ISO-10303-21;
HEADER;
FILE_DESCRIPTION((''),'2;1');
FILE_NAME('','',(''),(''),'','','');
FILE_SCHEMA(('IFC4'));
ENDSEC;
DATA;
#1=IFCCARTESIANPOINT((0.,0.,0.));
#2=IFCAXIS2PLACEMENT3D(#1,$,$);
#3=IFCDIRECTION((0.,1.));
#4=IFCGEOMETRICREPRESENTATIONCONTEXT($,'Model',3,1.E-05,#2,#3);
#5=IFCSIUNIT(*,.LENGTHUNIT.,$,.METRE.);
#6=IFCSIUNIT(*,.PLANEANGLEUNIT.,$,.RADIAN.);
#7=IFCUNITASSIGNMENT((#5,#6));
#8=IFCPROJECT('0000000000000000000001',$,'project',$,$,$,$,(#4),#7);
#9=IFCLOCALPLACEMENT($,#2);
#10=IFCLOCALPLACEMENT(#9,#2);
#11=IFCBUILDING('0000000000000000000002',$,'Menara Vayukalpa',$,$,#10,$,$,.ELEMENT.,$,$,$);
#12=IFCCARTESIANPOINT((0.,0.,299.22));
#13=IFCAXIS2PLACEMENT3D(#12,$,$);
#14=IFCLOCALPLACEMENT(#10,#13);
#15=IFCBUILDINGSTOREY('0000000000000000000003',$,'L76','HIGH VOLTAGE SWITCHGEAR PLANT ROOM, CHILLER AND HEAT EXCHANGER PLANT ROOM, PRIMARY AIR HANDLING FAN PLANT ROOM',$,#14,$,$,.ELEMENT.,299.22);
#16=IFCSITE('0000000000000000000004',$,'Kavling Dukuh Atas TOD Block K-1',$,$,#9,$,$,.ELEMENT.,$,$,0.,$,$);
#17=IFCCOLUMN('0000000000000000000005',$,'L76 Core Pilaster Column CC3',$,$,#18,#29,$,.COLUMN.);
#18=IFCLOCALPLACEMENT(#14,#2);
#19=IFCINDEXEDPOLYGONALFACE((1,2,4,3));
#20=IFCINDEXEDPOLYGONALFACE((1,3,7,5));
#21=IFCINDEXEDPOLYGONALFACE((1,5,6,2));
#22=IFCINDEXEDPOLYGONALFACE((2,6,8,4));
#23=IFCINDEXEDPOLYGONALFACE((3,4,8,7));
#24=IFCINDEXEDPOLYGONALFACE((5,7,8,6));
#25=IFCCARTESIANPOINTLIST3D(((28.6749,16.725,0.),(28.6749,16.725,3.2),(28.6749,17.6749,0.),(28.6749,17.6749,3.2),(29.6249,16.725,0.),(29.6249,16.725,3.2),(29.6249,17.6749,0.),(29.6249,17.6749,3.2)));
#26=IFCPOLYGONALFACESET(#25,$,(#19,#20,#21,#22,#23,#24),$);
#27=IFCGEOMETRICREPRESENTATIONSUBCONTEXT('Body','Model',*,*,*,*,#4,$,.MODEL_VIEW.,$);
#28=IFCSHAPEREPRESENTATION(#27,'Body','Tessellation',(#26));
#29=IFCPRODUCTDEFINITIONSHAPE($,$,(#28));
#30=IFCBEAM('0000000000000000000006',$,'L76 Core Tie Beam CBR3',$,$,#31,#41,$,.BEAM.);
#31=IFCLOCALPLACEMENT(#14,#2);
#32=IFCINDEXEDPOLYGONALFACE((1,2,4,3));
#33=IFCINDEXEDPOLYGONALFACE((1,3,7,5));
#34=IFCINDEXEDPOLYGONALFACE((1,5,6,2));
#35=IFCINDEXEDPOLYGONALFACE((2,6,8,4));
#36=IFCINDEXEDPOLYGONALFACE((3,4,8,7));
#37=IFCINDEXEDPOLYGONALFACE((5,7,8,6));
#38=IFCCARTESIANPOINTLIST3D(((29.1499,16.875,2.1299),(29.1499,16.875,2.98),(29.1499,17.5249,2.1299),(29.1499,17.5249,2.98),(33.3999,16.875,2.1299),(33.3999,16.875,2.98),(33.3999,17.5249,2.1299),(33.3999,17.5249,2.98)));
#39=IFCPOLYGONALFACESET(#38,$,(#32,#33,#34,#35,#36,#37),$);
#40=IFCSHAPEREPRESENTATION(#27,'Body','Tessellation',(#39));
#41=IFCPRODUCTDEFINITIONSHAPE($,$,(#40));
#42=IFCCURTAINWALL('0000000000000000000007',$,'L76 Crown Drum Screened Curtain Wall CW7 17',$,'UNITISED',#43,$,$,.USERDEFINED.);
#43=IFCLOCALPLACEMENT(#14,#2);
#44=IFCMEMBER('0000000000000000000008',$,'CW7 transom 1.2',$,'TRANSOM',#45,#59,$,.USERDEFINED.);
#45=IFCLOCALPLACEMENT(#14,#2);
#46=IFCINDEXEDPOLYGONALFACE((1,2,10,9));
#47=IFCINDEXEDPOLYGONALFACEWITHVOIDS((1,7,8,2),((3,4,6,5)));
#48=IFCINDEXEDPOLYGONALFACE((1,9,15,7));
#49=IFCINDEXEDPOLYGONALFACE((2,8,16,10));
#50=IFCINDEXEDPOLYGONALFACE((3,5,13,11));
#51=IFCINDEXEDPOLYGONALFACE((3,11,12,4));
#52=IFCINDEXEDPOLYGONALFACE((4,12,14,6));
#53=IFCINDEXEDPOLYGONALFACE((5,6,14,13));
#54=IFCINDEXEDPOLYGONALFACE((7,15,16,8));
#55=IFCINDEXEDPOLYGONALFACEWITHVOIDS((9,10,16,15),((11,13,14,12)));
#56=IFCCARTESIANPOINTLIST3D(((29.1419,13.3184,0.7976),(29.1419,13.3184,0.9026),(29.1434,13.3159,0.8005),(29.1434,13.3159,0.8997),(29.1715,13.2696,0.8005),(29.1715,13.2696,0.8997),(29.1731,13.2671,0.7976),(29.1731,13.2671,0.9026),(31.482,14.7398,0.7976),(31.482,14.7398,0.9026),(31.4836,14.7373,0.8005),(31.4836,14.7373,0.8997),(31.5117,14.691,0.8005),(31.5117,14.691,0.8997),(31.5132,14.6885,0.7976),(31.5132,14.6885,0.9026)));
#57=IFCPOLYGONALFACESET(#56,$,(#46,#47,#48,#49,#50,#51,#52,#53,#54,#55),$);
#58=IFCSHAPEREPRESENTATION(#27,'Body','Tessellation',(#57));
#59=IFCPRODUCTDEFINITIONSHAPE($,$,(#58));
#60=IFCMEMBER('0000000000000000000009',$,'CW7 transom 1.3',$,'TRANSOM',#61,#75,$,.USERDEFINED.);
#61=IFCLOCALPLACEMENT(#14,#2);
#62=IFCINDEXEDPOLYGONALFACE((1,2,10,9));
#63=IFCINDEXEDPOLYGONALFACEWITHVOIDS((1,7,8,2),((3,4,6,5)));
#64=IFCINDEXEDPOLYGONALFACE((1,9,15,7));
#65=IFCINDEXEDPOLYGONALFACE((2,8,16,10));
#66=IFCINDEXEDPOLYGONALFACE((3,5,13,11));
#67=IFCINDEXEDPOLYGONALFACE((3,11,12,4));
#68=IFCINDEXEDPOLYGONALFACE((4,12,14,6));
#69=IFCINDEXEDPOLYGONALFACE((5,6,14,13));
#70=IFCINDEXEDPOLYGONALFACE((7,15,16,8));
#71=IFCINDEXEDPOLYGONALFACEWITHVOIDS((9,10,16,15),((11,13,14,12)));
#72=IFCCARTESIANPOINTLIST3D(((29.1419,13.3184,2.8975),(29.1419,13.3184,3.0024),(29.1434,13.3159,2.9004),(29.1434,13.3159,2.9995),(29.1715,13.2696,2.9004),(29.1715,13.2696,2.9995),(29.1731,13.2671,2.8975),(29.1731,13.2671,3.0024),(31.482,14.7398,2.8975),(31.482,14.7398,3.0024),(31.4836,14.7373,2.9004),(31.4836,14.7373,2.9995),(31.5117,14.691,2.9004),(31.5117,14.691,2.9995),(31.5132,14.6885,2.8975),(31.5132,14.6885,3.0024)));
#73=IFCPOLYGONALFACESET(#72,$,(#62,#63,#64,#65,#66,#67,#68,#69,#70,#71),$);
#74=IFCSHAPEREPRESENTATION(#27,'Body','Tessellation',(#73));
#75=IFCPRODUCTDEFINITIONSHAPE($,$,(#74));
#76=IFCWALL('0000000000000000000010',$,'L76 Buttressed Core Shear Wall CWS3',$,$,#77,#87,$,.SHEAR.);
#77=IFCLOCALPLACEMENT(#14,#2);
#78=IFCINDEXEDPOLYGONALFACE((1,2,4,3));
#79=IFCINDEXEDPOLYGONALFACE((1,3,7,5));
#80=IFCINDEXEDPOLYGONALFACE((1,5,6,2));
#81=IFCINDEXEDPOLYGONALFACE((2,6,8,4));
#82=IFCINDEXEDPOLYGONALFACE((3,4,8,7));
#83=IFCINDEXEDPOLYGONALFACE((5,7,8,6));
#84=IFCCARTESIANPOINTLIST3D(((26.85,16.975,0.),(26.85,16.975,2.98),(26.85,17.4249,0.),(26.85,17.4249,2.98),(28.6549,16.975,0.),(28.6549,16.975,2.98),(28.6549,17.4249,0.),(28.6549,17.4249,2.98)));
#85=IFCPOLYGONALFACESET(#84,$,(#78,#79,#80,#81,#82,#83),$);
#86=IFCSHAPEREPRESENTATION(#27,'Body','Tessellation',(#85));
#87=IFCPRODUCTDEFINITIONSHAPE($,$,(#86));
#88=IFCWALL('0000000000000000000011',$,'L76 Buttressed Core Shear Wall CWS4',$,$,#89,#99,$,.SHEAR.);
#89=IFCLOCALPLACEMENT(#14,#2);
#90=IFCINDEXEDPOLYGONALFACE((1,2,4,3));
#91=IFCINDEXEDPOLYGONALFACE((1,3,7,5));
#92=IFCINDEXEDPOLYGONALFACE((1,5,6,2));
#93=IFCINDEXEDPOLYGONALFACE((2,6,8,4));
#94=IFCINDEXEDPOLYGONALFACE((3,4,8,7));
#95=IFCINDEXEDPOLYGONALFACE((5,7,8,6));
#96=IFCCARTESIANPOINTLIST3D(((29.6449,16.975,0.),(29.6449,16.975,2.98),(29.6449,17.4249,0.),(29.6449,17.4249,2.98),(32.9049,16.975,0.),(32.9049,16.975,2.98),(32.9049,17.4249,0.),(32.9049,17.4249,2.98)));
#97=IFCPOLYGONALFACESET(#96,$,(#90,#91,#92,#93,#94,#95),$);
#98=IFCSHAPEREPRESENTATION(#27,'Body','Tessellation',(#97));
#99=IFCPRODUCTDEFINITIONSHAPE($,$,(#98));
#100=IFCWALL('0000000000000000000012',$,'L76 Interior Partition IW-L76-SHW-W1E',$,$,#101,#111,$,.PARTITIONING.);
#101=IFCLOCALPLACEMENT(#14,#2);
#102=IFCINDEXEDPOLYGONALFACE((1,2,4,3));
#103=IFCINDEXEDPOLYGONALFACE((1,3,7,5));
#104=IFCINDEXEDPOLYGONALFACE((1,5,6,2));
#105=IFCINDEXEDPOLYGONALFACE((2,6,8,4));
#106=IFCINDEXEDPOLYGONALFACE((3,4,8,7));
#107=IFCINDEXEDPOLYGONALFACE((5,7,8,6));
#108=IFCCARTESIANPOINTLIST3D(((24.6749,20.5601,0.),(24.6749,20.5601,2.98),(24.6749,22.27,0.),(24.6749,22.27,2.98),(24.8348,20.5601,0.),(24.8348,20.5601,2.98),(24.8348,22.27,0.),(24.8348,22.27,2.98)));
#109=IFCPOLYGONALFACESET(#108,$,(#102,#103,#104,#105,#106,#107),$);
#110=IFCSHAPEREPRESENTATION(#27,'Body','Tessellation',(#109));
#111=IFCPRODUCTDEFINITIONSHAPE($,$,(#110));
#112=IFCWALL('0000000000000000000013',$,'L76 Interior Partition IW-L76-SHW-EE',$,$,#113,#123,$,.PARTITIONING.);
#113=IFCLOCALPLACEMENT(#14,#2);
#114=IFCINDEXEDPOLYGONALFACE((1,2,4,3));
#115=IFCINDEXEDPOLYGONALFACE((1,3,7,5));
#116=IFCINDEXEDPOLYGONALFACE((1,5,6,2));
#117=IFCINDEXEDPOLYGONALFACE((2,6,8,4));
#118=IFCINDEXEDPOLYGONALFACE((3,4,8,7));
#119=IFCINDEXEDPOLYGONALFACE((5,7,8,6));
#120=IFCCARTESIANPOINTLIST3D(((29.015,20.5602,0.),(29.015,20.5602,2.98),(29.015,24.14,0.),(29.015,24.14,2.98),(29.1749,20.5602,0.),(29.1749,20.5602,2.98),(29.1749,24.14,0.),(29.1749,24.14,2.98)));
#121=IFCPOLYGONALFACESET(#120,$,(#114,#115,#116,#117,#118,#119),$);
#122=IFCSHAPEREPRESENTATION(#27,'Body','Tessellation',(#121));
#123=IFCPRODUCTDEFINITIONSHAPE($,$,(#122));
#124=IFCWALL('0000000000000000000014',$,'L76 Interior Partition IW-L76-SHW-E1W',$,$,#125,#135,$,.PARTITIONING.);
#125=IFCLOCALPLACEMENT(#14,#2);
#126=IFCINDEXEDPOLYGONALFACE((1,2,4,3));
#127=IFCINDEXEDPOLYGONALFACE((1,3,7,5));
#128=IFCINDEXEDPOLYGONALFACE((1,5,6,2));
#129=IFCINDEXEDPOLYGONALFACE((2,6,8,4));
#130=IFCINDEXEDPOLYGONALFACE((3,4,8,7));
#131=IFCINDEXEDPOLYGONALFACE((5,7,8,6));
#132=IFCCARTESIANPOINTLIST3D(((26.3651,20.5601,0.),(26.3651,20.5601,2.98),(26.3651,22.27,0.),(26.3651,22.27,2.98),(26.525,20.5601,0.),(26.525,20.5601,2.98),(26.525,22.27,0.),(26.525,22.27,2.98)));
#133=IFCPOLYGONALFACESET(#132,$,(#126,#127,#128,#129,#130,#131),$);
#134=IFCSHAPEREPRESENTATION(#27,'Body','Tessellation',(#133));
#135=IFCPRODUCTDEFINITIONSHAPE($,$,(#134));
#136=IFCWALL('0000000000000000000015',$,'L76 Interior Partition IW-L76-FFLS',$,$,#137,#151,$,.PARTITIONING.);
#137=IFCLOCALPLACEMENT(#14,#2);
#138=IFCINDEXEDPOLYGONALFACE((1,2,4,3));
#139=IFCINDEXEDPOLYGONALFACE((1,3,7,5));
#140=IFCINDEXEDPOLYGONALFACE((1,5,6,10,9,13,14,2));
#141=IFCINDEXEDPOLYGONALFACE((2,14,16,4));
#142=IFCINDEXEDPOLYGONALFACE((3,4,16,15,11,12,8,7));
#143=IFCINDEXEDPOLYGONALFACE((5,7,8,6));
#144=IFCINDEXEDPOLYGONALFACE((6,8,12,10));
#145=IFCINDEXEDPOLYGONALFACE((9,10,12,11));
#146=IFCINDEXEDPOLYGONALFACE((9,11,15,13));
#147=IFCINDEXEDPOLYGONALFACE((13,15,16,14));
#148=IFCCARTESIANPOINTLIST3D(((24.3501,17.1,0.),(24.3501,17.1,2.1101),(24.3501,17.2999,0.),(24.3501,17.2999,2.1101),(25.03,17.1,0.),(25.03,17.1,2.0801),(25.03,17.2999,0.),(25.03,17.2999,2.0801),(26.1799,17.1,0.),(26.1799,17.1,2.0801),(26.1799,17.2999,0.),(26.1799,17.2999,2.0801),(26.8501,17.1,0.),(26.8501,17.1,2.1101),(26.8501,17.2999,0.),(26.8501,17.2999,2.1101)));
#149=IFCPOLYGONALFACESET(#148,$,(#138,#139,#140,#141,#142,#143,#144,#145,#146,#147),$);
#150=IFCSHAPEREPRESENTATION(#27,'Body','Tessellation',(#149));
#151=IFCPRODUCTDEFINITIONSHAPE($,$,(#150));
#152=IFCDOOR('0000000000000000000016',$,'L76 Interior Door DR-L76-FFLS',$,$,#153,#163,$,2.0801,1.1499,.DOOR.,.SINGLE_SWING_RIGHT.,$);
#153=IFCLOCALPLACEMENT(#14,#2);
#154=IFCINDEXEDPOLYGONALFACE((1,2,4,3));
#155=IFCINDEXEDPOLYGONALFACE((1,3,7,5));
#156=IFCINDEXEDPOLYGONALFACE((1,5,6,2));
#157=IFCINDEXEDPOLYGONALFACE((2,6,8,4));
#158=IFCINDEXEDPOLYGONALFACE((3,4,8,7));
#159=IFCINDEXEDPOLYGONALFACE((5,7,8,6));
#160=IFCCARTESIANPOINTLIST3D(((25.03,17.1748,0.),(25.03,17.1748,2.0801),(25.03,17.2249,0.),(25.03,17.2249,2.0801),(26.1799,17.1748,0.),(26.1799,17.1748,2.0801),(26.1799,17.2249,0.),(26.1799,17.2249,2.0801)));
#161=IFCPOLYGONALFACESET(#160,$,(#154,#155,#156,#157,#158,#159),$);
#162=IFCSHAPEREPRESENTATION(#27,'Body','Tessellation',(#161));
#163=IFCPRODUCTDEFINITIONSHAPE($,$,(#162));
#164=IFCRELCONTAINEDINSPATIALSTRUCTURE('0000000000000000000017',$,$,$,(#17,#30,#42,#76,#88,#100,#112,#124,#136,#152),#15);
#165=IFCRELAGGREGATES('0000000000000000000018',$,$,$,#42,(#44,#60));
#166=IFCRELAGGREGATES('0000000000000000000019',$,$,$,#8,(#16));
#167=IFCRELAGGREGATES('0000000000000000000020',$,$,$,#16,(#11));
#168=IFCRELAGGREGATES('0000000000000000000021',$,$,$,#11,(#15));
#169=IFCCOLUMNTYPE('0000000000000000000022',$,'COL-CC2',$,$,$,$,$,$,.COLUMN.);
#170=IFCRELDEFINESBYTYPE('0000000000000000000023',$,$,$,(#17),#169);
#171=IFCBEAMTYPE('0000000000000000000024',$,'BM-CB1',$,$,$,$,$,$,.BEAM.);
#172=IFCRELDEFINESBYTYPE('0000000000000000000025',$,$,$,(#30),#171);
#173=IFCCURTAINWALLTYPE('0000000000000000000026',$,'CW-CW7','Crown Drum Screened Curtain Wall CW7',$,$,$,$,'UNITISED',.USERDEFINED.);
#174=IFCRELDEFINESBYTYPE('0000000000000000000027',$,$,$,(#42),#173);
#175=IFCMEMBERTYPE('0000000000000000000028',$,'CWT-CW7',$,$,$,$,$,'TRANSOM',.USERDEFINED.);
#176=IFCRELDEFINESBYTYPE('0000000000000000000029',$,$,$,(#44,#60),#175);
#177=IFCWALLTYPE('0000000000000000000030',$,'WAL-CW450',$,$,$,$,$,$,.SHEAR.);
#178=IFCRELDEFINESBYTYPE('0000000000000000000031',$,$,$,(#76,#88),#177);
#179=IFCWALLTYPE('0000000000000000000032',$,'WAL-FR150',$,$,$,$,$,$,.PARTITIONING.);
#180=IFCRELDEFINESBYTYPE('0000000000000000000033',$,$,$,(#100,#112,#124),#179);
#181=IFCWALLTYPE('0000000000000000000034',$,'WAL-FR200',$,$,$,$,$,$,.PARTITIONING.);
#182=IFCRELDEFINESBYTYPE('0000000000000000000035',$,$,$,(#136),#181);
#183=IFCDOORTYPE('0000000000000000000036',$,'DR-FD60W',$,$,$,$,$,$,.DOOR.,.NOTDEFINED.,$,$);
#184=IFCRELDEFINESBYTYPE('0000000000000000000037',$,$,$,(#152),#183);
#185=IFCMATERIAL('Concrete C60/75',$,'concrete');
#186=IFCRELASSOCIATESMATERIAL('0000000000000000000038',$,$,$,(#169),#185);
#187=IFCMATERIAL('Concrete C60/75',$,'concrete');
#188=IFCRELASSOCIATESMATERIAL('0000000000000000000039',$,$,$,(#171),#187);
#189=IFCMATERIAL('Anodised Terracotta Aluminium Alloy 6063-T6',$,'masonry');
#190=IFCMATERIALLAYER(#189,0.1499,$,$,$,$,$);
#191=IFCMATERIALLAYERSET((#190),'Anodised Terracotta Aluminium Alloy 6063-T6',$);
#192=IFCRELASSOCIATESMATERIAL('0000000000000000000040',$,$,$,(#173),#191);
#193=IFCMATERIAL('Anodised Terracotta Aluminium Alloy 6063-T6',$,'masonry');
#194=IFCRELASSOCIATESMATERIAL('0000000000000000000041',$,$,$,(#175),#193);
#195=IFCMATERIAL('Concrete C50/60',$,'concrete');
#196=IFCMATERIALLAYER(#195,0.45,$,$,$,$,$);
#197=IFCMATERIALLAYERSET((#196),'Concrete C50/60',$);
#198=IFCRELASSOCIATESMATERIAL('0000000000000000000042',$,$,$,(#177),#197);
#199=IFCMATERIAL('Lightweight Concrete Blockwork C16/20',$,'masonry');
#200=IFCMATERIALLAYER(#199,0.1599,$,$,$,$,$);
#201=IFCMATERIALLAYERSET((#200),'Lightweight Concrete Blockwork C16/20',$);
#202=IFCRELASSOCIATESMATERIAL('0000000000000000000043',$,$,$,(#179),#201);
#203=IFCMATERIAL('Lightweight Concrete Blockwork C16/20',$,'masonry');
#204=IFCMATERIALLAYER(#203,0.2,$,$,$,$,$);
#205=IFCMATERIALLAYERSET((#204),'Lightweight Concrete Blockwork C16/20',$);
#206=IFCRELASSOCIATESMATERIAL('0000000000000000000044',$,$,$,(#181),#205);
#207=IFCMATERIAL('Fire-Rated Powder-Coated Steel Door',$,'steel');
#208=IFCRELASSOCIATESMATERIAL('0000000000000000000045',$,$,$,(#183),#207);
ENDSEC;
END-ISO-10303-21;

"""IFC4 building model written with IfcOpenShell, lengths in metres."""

from ifc_helpers import new_model, si_unit, direction, frame, frame_2d, origin, origin_2d, place, context, subcontext, project, spatial, rectangle, hollow_rectangle, extrude, material, layer, layer_set, material_profile, profile_set, type_object, element, fill, aggregate, save


model = new_model("IFC4")

# Units and contexts
model_context = context("Model", 3, precision=1e-05, world=origin(), true_north=direction((0.0, 1.0)))
body_context = subcontext(model_context, "Body", "Model", "MODEL_VIEW")
ifc_project = project(units=[si_unit("LENGTHUNIT", "METRE"), si_unit("PLANEANGLEUNIT", "RADIAN")], contexts=[model_context])

# Site, building, storey
site_placement = place(None, origin())
site = spatial("IfcSite", under=ifc_project, at=site_placement, Name="Kavling Dukuh Atas TOD Block K-1", CompositionType="ELEMENT", RefElevation=0.0)
building_placement = place(site_placement, origin())
building = spatial("IfcBuilding", under=site, at=building_placement, Name="Menara Vayukalpa", CompositionType="ELEMENT")
storey_placement = place(building_placement, frame((0.0, 0.0, 299.22)))
storey = spatial("IfcBuildingStorey", under=building, at=storey_placement, Name="L76", Description="HIGH VOLTAGE SWITCHGEAR PLANT ROOM, CHILLER AND HEAT EXCHANGER PLANT ROOM, PRIMARY AIR HANDLING FAN PLANT ROOM", CompositionType="ELEMENT", Elevation=299.22)

# Column
ifc_material_1 = material(Name="Concrete C60/75", Category="concrete")
ifc_material_profile_1 = material_profile(ifc_material_1, rectangle(XDim=0.95, YDim=0.95, at=origin_2d()), Name="RC 950x950")
ifc_profile_set_1 = profile_set([ifc_material_profile_1], Name="Concrete C60/75")
column_type = type_object("IfcColumnType", Name="COL-CC2", PredefinedType="COLUMN", material=ifc_profile_set_1)
column_placement = place(storey_placement, frame((29.1499, 17.2, 0.0), z_axis=(0.0, 0.0, 1.0), x_axis=(1.0, 0.0, 0.0)))
element("IfcColumn", 1, at=column_placement, inside=storey, type_object=column_type, Name="L76 Core Pilaster Column CC3", PredefinedType="COLUMN", context=body_context, shape_type="SweptSolid", body=[
    extrude(rectangle(XDim=0.95, YDim=0.95, at=origin_2d()), origin(), (0.0, 0.0, 1.0), 3.2),
])

# Beam
ifc_material_2 = material(Name="Concrete C60/75", Category="concrete")
ifc_material_profile_2 = material_profile(ifc_material_2, rectangle(XDim=0.6499, YDim=0.8501, at=origin_2d()), Name="RC 650x850")
ifc_profile_set_2 = profile_set([ifc_material_profile_2], Name="Concrete C60/75")
beam_type = type_object("IfcBeamType", Name="BM-CB1", PredefinedType="BEAM", material=ifc_profile_set_2)
beam_placement = place(storey_placement, frame((29.1499, 17.2, 2.5549), z_axis=(1.0, 0.0, 0.0), x_axis=(0.0, 1.0, 0.0)))
element("IfcBeam", 2, at=beam_placement, inside=storey, type_object=beam_type, Name="L76 Core Tie Beam CBR3", PredefinedType="BEAM", context=body_context, shape_type="SweptSolid", body=[
    extrude(rectangle(XDim=0.6499, YDim=0.8501, at=origin_2d()), origin(), (0.0, 0.0, 1.0), 4.25),
])

# Curtain wall, members
ifc_material_3 = material(Name="Anodised Terracotta Aluminium Alloy 6063-T6", Category="masonry")
ifc_layer_1 = layer(ifc_material_3, 0.1499)
ifc_layer_set_1 = layer_set([ifc_layer_1], Name="Anodised Terracotta Aluminium Alloy 6063-T6")
curtain_wall_type = type_object("IfcCurtainWallType", Name="CW-CW7", Description="Crown Drum Screened Curtain Wall CW7", ElementType="UNITISED", PredefinedType="USERDEFINED", material=ifc_layer_set_1)
curtain_wall_placement = place(storey_placement, origin())
curtain_wall = element("IfcCurtainWall", 3, at=curtain_wall_placement, inside=storey, type_object=curtain_wall_type, Name="L76 Crown Drum Screened Curtain Wall CW7 17", ObjectType="UNITISED", PredefinedType="USERDEFINED")
ifc_material_4 = material(Name="Anodised Terracotta Aluminium Alloy 6063-T6", Category="masonry")
ifc_material_profile_3 = material_profile(ifc_material_4, hollow_rectangle(XDim=0.0601, YDim=0.105, WallThickness=0.0029, at=origin_2d()), Name="ALU 60x105x3")
ifc_profile_set_3 = profile_set([ifc_material_profile_3], Name="Anodised Terracotta Aluminium Alloy 6063-T6")
member_type = type_object("IfcMemberType", Name="CWT-CW7", ElementType="TRANSOM", PredefinedType="USERDEFINED", material=ifc_profile_set_3)
member_1_placement = place(storey_placement, frame((29.1575, 13.2927, 0.8501), z_axis=(0.854687, 0.519143, 0.0), x_axis=(-0.519143, 0.854687, 0.0)))
member_1 = element("IfcMember", 4, at=member_1_placement, type_object=member_type, Name="CW7 transom 1.2", ObjectType="TRANSOM", PredefinedType="USERDEFINED", context=body_context, shape_type="SweptSolid", body=[
    extrude(hollow_rectangle(XDim=0.0601, YDim=0.105, WallThickness=0.0029, at=origin_2d()), origin(), (0.0, 0.0, 1.0), 2.738),
])
member_2_placement = place(storey_placement, frame((29.1575, 13.2927, 2.95), z_axis=(0.854687, 0.519143, 0.0), x_axis=(-0.519143, 0.854687, 0.0)))
member_2 = element("IfcMember", 5, at=member_2_placement, type_object=member_type, Name="CW7 transom 1.3", ObjectType="TRANSOM", PredefinedType="USERDEFINED", context=body_context, shape_type="SweptSolid", body=[
    extrude(hollow_rectangle(XDim=0.0601, YDim=0.105, WallThickness=0.0029, at=origin_2d()), origin(), (0.0, 0.0, 1.0), 2.738),
])
aggregate(curtain_wall, [member_1, member_2])

# Walls
ifc_material_5 = material(Name="Concrete C50/60", Category="concrete")
ifc_layer_2 = layer(ifc_material_5, 0.45)
ifc_layer_set_2 = layer_set([ifc_layer_2], Name="Concrete C50/60")
wall_type_1 = type_object("IfcWallType", Name="WAL-CW450", PredefinedType="SHEAR", material=ifc_layer_set_2)
wall_1_placement = place(storey_placement, frame((26.8501, 17.2, 0.0), z_axis=(0.0, 0.0, 1.0), x_axis=(1.0, 0.0, 0.0)))
element("IfcWall", 6, at=wall_1_placement, inside=storey, type_object=wall_type_1, Name="L76 Buttressed Core Shear Wall CWS3", PredefinedType="SHEAR", context=body_context, shape_type="SweptSolid", body=[
    extrude(rectangle(XDim=1.8049, YDim=0.45, at=frame_2d((0.9023, 0.0))), origin(), (0.0, 0.0, 1.0), 2.98),
])
wall_2_placement = place(storey_placement, frame((29.645, 17.2, 0.0), z_axis=(0.0, 0.0, 1.0), x_axis=(1.0, 0.0, 0.0)))
element("IfcWall", 7, at=wall_2_placement, inside=storey, type_object=wall_type_1, Name="L76 Buttressed Core Shear Wall CWS4", PredefinedType="SHEAR", context=body_context, shape_type="SweptSolid", body=[
    extrude(rectangle(XDim=3.26, YDim=0.45, at=frame_2d((1.6299, 0.0))), origin(), (0.0, 0.0, 1.0), 2.98),
])
ifc_material_6 = material(Name="Lightweight Concrete Blockwork C16/20", Category="masonry")
ifc_layer_3 = layer(ifc_material_6, 0.1599)
ifc_layer_set_3 = layer_set([ifc_layer_3], Name="Lightweight Concrete Blockwork C16/20")
wall_type_2 = type_object("IfcWallType", Name="WAL-FR150", PredefinedType="PARTITIONING", material=ifc_layer_set_3)
wall_3_placement = place(storey_placement, frame((24.7549, 20.5601, 0.0), z_axis=(0.0, 0.0, 1.0), x_axis=(0.0, 1.0, 0.0)))
element("IfcWall", 8, at=wall_3_placement, inside=storey, type_object=wall_type_2, Name="L76 Interior Partition IW-L76-SHW-W1E", PredefinedType="PARTITIONING", context=body_context, shape_type="SweptSolid", body=[
    extrude(rectangle(XDim=1.71, YDim=0.1599, at=frame_2d((0.855, 0.0))), origin(), (0.0, 0.0, 1.0), 2.98),
])
wall_4_placement = place(storey_placement, frame((29.095, 20.5601, 0.0), z_axis=(0.0, 0.0, 1.0), x_axis=(0.0, 1.0, 0.0)))
element("IfcWall", 9, at=wall_4_placement, inside=storey, type_object=wall_type_2, Name="L76 Interior Partition IW-L76-SHW-EE", PredefinedType="PARTITIONING", context=body_context, shape_type="SweptSolid", body=[
    extrude(rectangle(XDim=3.5798, YDim=0.1599, at=frame_2d((1.79, 0.0))), origin(), (0.0, 0.0, 1.0), 2.98),
])
wall_5_placement = place(storey_placement, frame((26.4451, 20.5601, 0.0), z_axis=(0.0, 0.0, 1.0), x_axis=(0.0, 1.0, 0.0)))
element("IfcWall", 10, at=wall_5_placement, inside=storey, type_object=wall_type_2, Name="L76 Interior Partition IW-L76-SHW-E1W", PredefinedType="PARTITIONING", context=body_context, shape_type="SweptSolid", body=[
    extrude(rectangle(XDim=1.71, YDim=0.1599, at=frame_2d((0.855, 0.0))), origin(), (0.0, 0.0, 1.0), 2.98),
])

# Wall, opening, door
ifc_material_7 = material(Name="Lightweight Concrete Blockwork C16/20", Category="masonry")
ifc_layer_4 = layer(ifc_material_7, 0.2)
ifc_layer_set_4 = layer_set([ifc_layer_4], Name="Lightweight Concrete Blockwork C16/20")
wall_type_3 = type_object("IfcWallType", Name="WAL-FR200", PredefinedType="PARTITIONING", material=ifc_layer_set_4)
wall_6_placement = place(storey_placement, frame((24.3501, 17.2, 0.0), z_axis=(0.0, 0.0, 1.0), x_axis=(1.0, 0.0, 0.0)))
wall_6 = element("IfcWall", 11, at=wall_6_placement, inside=storey, type_object=wall_type_3, Name="L76 Interior Partition IW-L76-FFLS", PredefinedType="PARTITIONING", context=body_context, shape_type="SweptSolid", body=[
    extrude(rectangle(XDim=2.5, YDim=0.2, at=frame_2d((1.25, 0.0))), origin(), (0.0, 0.0, 1.0), 2.1101),
])
opening_1_placement = place(wall_6_placement, frame((0.6799, 0.0, 0.0)))
opening_1 = element("IfcOpeningElement", 12, at=opening_1_placement, cuts=wall_6, PredefinedType="OPENING", context=body_context, shape_type="SweptSolid", body=[
    extrude(rectangle(XDim=1.1499, YDim=2.0801, at=frame_2d((0.575, 1.04))), frame((0.0, 0.1099, 0.0), z_axis=(0.0, -1.0, 0.0), x_axis=(1.0, 0.0, 0.0)), (0.0, 0.0, 1.0), 0.22),
])
ifc_material_8 = material(Name="Fire-Rated Powder-Coated Steel Door", Category="steel")
door_type_1 = type_object("IfcDoorType", Name="DR-FD60W", OperationType="NOTDEFINED", PredefinedType="DOOR", material=ifc_material_8)
door_1_placement = place(opening_1_placement, origin())
door_1 = element("IfcDoor", 13, at=door_1_placement, inside=storey, type_object=door_type_1, Name="L76 Interior Door DR-L76-FFLS", OperationType="SINGLE_SWING_RIGHT", OverallHeight=2.0801, OverallWidth=1.1499, PredefinedType="DOOR", context=body_context, shape_type="SweptSolid", body=[
    extrude(rectangle(XDim=1.1499, YDim=2.0801, at=frame_2d((0.575, 1.04))), frame((0.0, 0.0249, 0.0), z_axis=(0.0, -1.0, 0.0), x_axis=(1.0, 0.0, 0.0)), (0.0, 0.0, 1.0), 0.05),
])
fill(opening_1, door_1)

save(model, "model.ifc")
